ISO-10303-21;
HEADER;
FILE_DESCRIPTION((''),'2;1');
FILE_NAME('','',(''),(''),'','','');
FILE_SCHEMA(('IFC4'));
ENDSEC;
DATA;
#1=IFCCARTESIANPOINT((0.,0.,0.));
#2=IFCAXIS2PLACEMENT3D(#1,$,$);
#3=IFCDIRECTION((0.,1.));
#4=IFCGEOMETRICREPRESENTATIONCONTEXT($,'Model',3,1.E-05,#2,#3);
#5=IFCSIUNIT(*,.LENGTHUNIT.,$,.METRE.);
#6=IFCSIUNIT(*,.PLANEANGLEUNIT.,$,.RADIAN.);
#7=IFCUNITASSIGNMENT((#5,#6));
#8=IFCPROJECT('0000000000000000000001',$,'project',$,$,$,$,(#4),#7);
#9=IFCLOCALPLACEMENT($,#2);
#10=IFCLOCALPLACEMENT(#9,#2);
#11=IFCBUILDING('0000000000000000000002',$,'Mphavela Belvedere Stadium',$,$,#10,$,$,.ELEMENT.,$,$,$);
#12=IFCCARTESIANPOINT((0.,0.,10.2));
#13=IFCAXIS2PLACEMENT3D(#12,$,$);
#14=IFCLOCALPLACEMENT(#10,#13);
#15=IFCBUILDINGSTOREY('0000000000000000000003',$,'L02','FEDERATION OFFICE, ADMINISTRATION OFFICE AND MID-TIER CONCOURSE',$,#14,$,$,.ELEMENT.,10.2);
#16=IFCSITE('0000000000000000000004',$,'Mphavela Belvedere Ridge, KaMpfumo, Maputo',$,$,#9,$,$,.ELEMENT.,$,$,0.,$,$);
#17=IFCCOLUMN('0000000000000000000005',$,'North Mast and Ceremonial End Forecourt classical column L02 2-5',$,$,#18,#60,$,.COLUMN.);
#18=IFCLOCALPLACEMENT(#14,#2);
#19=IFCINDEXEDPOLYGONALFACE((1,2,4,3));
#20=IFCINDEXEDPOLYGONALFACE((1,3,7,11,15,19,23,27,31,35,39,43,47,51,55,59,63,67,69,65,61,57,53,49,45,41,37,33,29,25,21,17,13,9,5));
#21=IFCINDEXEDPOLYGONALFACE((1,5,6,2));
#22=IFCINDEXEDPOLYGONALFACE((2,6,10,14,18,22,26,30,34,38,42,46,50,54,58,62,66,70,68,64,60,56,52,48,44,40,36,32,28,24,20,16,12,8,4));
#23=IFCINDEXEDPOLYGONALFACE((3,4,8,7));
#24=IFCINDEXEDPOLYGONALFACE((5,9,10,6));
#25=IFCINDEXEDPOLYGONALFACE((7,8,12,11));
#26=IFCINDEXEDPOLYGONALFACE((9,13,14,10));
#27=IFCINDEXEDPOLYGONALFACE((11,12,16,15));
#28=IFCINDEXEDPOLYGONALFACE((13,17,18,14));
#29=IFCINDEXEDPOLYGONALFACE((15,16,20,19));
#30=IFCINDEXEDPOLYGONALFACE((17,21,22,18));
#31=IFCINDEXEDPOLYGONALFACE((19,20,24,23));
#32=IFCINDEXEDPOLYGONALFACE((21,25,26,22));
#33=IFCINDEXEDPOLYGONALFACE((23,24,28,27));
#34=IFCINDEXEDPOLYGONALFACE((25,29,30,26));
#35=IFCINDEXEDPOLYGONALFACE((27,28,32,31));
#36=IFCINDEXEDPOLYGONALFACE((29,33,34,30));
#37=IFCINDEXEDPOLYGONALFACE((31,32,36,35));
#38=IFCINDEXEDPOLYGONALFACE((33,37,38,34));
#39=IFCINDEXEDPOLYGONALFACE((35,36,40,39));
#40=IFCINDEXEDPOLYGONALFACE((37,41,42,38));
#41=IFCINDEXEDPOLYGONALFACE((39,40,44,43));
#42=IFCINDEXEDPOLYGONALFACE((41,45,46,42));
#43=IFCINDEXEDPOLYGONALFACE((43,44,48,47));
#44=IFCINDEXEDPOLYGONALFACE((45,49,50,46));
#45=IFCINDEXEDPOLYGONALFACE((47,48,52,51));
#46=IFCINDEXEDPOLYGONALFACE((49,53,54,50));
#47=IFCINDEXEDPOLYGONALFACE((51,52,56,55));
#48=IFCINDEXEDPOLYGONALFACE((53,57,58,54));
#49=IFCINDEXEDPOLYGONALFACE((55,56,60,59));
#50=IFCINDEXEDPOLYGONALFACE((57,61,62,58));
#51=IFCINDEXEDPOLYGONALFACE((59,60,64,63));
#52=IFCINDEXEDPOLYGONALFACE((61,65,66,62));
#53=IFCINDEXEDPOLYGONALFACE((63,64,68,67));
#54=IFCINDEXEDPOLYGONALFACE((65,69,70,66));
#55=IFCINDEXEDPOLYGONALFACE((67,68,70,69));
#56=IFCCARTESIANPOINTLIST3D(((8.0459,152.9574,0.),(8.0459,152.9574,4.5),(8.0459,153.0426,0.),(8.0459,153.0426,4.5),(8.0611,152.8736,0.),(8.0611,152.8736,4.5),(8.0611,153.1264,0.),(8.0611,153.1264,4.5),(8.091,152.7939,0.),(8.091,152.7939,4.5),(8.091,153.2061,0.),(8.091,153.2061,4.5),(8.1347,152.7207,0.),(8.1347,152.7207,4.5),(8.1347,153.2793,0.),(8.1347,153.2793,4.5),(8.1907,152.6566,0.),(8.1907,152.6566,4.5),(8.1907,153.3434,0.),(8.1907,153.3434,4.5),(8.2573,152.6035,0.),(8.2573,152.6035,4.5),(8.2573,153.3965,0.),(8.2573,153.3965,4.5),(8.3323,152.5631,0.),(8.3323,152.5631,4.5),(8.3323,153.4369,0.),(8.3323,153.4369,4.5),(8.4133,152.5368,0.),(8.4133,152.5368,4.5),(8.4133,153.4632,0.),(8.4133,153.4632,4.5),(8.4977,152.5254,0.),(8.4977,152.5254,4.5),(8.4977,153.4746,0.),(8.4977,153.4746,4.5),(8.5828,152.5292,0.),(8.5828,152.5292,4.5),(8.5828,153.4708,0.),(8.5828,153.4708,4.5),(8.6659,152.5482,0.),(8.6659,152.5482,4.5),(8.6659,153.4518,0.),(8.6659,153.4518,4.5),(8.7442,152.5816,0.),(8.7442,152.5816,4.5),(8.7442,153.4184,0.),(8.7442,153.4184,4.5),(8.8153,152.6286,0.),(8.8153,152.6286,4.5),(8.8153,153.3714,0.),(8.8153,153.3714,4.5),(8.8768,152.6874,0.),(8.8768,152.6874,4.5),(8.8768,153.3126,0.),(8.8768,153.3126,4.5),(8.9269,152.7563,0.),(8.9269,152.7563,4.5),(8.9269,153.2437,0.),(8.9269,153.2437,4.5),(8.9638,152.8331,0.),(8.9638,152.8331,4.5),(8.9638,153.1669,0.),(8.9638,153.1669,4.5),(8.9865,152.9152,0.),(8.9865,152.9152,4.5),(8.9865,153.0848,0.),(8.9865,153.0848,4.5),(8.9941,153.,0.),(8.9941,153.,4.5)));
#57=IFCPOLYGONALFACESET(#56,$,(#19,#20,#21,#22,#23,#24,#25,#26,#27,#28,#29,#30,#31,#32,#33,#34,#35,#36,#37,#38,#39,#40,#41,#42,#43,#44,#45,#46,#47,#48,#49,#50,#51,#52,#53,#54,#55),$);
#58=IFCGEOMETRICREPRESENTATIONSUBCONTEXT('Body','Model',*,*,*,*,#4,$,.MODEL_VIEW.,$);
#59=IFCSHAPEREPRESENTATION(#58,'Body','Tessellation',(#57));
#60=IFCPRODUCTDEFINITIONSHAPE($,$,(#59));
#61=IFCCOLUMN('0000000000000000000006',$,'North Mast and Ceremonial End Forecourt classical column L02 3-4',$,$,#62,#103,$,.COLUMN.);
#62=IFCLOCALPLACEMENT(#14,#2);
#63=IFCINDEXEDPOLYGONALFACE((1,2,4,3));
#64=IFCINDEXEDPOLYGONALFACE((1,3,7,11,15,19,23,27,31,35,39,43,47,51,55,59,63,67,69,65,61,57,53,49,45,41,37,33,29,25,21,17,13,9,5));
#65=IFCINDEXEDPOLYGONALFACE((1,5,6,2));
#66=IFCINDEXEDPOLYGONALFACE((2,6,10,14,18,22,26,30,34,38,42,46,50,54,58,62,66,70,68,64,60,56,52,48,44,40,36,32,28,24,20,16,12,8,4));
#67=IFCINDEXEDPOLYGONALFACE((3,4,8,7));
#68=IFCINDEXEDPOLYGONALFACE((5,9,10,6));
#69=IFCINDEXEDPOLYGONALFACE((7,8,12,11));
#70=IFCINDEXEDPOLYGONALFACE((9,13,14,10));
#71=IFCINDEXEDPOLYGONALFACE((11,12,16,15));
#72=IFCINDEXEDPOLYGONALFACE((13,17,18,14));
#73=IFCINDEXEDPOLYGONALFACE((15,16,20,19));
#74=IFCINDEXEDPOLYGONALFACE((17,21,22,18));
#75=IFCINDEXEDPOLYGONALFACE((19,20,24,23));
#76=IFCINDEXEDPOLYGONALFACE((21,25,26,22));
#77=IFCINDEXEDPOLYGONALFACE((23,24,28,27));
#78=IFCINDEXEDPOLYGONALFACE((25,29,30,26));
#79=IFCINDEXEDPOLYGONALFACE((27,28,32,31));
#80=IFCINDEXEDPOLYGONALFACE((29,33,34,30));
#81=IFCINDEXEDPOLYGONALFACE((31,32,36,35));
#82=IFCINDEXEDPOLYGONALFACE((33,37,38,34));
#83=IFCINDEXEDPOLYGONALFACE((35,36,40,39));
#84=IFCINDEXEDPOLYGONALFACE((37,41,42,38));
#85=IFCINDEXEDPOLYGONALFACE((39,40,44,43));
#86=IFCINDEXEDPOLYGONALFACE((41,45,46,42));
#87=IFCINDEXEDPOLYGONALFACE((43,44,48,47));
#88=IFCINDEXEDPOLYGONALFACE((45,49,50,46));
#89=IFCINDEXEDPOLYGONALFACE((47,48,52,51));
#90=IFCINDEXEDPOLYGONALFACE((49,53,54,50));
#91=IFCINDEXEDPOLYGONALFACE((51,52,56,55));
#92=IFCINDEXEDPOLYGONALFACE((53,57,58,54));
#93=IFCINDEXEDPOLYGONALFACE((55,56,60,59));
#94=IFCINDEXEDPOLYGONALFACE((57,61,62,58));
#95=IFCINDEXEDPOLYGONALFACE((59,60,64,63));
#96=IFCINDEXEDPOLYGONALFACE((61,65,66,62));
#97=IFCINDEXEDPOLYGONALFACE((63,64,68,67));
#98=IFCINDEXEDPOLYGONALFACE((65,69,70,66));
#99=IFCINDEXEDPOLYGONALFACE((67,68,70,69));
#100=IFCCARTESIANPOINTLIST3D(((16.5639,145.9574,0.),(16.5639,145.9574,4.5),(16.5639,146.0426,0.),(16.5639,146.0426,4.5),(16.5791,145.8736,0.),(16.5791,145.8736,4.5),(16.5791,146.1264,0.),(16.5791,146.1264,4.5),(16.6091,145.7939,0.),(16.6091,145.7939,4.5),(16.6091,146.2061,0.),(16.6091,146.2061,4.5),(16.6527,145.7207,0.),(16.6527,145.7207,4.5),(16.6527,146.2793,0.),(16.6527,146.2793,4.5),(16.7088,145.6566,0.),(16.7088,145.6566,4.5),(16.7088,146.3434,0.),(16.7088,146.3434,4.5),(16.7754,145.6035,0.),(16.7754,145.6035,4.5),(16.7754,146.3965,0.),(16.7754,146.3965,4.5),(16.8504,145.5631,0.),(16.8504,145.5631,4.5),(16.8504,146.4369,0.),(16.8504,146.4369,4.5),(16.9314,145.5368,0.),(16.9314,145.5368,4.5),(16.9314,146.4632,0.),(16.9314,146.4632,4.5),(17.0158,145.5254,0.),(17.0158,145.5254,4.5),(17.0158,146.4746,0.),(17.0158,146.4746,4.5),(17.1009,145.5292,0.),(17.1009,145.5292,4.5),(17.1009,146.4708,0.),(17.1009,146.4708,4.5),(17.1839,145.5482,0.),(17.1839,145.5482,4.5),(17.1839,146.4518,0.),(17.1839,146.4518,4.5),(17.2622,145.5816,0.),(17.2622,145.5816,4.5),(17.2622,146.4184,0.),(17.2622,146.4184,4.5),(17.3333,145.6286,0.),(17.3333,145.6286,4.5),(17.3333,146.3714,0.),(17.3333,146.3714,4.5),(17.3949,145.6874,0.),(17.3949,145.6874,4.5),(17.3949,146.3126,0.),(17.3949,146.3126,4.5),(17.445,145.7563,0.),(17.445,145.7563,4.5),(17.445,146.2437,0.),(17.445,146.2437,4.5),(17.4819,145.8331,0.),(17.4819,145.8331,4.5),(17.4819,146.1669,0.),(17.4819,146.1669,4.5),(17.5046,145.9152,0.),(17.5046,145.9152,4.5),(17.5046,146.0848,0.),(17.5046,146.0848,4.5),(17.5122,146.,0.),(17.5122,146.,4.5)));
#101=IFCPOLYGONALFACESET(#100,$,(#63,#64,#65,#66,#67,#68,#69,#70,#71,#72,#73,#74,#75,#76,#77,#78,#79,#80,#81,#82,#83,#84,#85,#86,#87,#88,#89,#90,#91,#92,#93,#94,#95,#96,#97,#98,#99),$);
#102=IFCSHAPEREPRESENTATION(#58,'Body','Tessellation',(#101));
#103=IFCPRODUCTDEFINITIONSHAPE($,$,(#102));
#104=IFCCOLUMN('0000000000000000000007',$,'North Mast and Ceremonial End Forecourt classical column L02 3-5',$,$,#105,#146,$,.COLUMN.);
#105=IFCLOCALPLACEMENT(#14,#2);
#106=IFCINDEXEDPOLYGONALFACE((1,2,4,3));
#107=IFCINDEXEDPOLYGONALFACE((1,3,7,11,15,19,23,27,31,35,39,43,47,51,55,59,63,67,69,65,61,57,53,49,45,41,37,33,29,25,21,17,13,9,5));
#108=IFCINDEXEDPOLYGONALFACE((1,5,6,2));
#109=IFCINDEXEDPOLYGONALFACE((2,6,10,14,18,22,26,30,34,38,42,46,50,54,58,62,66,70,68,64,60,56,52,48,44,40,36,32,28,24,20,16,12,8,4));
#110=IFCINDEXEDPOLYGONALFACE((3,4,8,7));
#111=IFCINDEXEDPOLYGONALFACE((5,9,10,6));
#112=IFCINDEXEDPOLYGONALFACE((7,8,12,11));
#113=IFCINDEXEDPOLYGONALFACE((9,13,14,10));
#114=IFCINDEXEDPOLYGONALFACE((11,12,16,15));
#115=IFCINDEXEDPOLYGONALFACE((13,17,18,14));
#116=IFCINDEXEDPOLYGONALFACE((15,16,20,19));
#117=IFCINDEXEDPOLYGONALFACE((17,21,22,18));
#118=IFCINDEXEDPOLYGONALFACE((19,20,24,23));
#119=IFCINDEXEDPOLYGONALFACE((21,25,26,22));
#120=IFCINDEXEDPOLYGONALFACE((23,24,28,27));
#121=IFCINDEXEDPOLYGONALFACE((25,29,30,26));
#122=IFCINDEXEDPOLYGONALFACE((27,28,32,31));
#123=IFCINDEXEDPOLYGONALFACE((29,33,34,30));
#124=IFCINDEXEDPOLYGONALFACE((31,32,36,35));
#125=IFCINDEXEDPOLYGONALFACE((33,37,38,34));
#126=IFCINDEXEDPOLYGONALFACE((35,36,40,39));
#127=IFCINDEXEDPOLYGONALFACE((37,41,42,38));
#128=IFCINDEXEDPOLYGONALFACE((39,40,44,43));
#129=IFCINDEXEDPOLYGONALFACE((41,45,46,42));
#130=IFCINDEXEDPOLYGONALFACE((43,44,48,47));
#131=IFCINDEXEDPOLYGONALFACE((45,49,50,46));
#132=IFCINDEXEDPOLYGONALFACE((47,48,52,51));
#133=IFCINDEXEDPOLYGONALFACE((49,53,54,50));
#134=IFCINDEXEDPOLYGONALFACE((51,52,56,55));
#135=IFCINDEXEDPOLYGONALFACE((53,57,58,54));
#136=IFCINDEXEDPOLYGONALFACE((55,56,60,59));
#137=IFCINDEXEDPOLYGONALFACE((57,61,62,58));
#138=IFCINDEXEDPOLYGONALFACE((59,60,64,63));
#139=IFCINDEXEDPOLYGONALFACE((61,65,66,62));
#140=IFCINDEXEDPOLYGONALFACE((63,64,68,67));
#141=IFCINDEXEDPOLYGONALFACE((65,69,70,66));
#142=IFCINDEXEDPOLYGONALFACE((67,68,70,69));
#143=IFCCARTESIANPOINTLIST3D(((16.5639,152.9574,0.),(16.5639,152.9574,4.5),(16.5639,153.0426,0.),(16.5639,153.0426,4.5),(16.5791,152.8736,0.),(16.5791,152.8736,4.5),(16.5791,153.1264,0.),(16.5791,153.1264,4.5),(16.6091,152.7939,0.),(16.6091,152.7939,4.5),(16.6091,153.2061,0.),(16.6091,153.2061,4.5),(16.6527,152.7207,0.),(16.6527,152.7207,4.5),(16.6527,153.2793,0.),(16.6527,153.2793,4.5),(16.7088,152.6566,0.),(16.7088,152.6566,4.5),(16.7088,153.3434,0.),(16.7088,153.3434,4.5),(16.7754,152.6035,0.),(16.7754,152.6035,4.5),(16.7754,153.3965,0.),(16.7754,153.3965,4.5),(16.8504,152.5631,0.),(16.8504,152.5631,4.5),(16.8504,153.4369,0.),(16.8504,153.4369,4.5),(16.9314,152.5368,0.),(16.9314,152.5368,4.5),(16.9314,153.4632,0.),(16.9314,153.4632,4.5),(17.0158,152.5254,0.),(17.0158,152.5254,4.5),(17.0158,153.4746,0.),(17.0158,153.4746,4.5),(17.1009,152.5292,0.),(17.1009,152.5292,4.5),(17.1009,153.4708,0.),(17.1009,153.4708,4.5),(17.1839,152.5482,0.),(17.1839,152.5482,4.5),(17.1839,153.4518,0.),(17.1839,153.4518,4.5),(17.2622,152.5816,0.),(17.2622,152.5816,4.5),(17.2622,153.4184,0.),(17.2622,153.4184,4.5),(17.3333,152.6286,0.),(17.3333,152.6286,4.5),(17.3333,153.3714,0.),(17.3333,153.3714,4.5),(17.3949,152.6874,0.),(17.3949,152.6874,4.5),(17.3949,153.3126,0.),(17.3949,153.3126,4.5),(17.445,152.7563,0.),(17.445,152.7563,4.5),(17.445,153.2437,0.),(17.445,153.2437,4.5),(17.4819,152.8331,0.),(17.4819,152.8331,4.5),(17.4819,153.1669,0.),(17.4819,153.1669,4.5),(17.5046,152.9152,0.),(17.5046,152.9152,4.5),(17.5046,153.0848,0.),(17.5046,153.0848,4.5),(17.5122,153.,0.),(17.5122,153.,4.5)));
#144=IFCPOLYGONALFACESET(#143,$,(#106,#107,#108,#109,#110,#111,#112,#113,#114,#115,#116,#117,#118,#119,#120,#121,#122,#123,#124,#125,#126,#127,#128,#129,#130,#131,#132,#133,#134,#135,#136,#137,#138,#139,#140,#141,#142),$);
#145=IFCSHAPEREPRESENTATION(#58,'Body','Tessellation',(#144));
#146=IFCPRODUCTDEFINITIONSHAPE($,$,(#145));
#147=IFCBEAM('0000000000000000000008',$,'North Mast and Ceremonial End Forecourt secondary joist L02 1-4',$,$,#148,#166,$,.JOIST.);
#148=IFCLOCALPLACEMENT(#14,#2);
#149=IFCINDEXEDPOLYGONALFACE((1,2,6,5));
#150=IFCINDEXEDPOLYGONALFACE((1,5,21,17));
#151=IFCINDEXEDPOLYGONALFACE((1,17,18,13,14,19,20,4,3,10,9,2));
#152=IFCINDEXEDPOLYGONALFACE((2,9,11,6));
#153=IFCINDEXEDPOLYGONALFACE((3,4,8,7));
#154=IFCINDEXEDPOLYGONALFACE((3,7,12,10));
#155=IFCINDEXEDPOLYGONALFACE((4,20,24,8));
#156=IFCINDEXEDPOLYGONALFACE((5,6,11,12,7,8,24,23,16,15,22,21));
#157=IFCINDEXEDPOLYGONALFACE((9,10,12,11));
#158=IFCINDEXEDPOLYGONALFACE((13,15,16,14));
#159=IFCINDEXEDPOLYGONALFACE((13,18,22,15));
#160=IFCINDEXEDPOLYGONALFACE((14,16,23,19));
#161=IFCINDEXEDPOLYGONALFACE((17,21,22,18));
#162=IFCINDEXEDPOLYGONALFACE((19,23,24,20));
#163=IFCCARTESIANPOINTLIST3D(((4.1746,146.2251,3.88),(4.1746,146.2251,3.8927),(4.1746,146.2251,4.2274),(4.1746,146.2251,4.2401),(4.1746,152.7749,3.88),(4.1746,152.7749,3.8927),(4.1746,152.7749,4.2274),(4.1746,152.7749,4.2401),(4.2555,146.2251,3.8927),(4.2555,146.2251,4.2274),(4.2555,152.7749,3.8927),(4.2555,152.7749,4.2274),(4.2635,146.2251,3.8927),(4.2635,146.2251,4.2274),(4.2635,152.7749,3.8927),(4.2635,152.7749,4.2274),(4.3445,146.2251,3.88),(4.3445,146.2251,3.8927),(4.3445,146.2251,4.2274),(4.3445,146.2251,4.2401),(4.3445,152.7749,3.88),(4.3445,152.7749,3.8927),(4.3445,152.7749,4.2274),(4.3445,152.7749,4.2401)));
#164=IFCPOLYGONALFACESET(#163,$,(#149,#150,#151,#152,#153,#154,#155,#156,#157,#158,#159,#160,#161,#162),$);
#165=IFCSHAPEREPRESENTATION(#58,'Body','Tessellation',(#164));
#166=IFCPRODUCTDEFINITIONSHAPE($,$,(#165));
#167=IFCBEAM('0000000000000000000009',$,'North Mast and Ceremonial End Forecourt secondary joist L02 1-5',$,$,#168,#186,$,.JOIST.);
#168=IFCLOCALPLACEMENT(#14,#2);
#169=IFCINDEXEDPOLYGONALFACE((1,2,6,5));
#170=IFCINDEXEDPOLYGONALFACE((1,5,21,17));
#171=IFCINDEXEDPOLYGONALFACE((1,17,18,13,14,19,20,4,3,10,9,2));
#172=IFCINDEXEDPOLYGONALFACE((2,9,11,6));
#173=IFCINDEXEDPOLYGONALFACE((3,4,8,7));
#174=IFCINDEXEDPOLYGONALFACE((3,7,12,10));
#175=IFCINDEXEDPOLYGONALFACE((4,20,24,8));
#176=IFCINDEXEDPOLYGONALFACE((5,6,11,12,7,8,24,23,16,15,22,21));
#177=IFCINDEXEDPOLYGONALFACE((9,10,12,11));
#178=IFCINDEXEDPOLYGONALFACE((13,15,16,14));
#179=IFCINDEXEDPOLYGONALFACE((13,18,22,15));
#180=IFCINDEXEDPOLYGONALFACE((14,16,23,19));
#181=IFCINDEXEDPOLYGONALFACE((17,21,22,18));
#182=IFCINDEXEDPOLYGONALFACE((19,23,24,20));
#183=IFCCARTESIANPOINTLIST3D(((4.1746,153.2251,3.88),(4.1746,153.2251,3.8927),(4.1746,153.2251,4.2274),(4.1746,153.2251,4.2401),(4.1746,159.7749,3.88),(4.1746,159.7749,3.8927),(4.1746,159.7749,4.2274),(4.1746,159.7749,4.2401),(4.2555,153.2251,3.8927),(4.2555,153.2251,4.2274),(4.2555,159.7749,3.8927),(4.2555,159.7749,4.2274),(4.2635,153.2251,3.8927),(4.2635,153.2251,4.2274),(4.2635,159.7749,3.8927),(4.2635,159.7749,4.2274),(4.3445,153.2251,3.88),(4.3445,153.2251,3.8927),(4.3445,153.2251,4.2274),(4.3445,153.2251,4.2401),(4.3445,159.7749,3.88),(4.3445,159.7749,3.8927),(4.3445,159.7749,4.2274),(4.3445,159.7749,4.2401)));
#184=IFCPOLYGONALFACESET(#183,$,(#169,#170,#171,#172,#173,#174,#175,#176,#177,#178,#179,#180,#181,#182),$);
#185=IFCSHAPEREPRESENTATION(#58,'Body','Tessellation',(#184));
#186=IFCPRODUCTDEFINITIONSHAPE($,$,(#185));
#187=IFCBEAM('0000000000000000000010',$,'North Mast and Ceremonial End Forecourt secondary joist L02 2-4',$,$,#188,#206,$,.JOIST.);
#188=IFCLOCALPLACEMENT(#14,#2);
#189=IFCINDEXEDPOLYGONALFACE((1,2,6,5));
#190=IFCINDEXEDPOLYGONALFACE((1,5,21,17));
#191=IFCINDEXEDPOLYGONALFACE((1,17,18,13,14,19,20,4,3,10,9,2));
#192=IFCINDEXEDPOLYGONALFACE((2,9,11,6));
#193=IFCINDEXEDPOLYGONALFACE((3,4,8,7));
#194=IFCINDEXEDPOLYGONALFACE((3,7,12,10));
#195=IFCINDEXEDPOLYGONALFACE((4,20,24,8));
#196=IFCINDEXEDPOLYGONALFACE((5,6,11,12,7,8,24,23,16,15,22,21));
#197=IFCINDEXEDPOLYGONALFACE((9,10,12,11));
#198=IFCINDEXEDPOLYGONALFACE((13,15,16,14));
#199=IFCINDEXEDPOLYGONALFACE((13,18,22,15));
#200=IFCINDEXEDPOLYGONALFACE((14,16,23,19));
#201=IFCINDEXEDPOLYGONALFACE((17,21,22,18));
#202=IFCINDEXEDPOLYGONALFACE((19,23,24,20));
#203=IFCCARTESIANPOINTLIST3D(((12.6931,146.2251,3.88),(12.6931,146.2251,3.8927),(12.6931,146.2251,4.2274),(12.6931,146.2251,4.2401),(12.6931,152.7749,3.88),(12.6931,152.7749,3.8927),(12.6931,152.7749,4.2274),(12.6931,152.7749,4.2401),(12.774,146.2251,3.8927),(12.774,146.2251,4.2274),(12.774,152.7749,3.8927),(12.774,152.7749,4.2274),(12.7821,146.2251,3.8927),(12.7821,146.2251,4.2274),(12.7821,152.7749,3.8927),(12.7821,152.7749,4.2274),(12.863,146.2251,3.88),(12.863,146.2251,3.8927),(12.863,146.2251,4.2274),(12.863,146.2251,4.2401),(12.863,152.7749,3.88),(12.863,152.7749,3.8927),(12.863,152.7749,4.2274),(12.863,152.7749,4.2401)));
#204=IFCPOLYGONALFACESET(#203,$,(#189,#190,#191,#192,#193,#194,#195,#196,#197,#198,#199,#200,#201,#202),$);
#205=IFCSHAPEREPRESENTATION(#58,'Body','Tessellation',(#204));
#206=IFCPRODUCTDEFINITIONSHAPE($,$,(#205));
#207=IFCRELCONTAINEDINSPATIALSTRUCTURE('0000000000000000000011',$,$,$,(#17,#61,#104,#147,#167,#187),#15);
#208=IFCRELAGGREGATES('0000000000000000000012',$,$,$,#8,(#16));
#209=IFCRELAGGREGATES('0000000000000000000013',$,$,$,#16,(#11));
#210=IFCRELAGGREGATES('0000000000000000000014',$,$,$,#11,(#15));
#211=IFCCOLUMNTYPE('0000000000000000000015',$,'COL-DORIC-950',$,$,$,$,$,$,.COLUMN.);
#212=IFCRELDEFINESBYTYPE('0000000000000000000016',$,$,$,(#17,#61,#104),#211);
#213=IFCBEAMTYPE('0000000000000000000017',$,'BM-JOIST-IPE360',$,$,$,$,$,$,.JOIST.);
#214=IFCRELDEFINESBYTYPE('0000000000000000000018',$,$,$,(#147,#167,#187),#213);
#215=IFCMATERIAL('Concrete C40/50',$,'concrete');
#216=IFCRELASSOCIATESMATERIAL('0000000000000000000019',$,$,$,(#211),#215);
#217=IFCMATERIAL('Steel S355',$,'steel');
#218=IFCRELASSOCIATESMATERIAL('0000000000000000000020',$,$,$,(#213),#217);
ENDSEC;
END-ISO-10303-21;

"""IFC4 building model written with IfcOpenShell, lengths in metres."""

from ifc_helpers import new_model, si_unit, direction, frame, origin, origin_2d, place, context, subcontext, project, spatial, circle, i_section, extrude, material, material_profile, profile_set, type_object, element, save


model = new_model("IFC4")

# Units and contexts
model_context = context("Model", 3, precision=1e-05, world=origin(), true_north=direction((0.0, 1.0)))
body_context = subcontext(model_context, "Body", "Model", "MODEL_VIEW")
ifc_project = project(units=[si_unit("LENGTHUNIT", "METRE"), si_unit("PLANEANGLEUNIT", "RADIAN")], contexts=[model_context])

# Site, building, storey
site_placement = place(None, origin())
site = spatial("IfcSite", under=ifc_project, at=site_placement, Name="Mphavela Belvedere Ridge, KaMpfumo, Maputo", CompositionType="ELEMENT", RefElevation=0.0)
building_placement = place(site_placement, origin())
building = spatial("IfcBuilding", under=site, at=building_placement, Name="Mphavela Belvedere Stadium", CompositionType="ELEMENT")
storey_placement = place(building_placement, frame((0.0, 0.0, 10.2)))
storey = spatial("IfcBuildingStorey", under=building, at=storey_placement, Name="L02", Description="FEDERATION OFFICE, ADMINISTRATION OFFICE AND MID-TIER CONCOURSE", CompositionType="ELEMENT", Elevation=10.2)

# Columns
ifc_material_1 = material(Name="Concrete C40/50", Category="concrete")
ifc_material_profile_1 = material_profile(ifc_material_1, circle(Radius=0.4751, at=origin_2d()), Name="COL D950")
ifc_profile_set_1 = profile_set([ifc_material_profile_1], Name="Concrete C40/50")
column_type = type_object("IfcColumnType", Name="COL-DORIC-950", PredefinedType="COLUMN", material=ifc_profile_set_1)
for number, where, z_axis, x_axis, name in (
    (1, (8.519, 153.0, 0.0), (0.0, 0.0, 1.0), (1.0, 0.0, 0.0), "North Mast and Ceremonial End Forecourt classical column L02 2-5"),
    (2, (17.0371, 146.0, 0.0), (0.0, 0.0, 1.0), (1.0, 0.0, 0.0), "North Mast and Ceremonial End Forecourt classical column L02 3-4"),
    (3, (17.0371, 153.0, 0.0), (0.0, 0.0, 1.0), (1.0, 0.0, 0.0), "North Mast and Ceremonial End Forecourt classical column L02 3-5"),
):
    element("IfcColumn", number, at=place(storey_placement, frame(where, z_axis=z_axis, x_axis=x_axis)), inside=storey, type_object=column_type, Name=name, PredefinedType="COLUMN", context=body_context, shape_type="SweptSolid", body=[
        extrude(circle(Radius=0.4751, at=origin_2d()), origin(), (0.0, 0.0, 1.0), 4.5),
    ])

# Beams
ifc_material_2 = material(Name="Steel S355", Category="steel")
ifc_material_profile_2 = material_profile(ifc_material_2, i_section(OverallWidth=0.1699, OverallDepth=0.3601, WebThickness=0.0081, FlangeThickness=0.0127, at=origin_2d()), Name="IPE 360")
ifc_profile_set_2 = profile_set([ifc_material_profile_2], Name="Steel S355")
beam_type_1 = type_object("IfcBeamType", Name="BM-JOIST-IPE360", PredefinedType="JOIST", material=ifc_profile_set_2)
for number, where, z_axis, x_axis, name in (
    (4, (4.2595, 146.2251, 4.0601), (0.0, 1.0, 0.0), (-1.0, 0.0, 0.0), "North Mast and Ceremonial End Forecourt secondary joist L02 1-4"),
    (5, (4.2595, 153.2251, 4.0601), (0.0, 1.0, 0.0), (-1.0, 0.0, 0.0), "North Mast and Ceremonial End Forecourt secondary joist L02 1-5"),
    (6, (12.7781, 146.2251, 4.0601), (0.0, 1.0, 0.0), (-1.0, 0.0, 0.0), "North Mast and Ceremonial End Forecourt secondary joist L02 2-4"),
):
    element("IfcBeam", number, at=place(storey_placement, frame(where, z_axis=z_axis, x_axis=x_axis)), inside=storey, type_object=beam_type_1, Name=name, PredefinedType="JOIST", context=body_context, shape_type="SweptSolid", body=[
        extrude(i_section(OverallWidth=0.1699, OverallDepth=0.3601, WebThickness=0.0081, FlangeThickness=0.0127, at=origin_2d()), origin(), (0.0, 0.0, 1.0), 6.5498),
    ])

save(model, "model.ifc")
